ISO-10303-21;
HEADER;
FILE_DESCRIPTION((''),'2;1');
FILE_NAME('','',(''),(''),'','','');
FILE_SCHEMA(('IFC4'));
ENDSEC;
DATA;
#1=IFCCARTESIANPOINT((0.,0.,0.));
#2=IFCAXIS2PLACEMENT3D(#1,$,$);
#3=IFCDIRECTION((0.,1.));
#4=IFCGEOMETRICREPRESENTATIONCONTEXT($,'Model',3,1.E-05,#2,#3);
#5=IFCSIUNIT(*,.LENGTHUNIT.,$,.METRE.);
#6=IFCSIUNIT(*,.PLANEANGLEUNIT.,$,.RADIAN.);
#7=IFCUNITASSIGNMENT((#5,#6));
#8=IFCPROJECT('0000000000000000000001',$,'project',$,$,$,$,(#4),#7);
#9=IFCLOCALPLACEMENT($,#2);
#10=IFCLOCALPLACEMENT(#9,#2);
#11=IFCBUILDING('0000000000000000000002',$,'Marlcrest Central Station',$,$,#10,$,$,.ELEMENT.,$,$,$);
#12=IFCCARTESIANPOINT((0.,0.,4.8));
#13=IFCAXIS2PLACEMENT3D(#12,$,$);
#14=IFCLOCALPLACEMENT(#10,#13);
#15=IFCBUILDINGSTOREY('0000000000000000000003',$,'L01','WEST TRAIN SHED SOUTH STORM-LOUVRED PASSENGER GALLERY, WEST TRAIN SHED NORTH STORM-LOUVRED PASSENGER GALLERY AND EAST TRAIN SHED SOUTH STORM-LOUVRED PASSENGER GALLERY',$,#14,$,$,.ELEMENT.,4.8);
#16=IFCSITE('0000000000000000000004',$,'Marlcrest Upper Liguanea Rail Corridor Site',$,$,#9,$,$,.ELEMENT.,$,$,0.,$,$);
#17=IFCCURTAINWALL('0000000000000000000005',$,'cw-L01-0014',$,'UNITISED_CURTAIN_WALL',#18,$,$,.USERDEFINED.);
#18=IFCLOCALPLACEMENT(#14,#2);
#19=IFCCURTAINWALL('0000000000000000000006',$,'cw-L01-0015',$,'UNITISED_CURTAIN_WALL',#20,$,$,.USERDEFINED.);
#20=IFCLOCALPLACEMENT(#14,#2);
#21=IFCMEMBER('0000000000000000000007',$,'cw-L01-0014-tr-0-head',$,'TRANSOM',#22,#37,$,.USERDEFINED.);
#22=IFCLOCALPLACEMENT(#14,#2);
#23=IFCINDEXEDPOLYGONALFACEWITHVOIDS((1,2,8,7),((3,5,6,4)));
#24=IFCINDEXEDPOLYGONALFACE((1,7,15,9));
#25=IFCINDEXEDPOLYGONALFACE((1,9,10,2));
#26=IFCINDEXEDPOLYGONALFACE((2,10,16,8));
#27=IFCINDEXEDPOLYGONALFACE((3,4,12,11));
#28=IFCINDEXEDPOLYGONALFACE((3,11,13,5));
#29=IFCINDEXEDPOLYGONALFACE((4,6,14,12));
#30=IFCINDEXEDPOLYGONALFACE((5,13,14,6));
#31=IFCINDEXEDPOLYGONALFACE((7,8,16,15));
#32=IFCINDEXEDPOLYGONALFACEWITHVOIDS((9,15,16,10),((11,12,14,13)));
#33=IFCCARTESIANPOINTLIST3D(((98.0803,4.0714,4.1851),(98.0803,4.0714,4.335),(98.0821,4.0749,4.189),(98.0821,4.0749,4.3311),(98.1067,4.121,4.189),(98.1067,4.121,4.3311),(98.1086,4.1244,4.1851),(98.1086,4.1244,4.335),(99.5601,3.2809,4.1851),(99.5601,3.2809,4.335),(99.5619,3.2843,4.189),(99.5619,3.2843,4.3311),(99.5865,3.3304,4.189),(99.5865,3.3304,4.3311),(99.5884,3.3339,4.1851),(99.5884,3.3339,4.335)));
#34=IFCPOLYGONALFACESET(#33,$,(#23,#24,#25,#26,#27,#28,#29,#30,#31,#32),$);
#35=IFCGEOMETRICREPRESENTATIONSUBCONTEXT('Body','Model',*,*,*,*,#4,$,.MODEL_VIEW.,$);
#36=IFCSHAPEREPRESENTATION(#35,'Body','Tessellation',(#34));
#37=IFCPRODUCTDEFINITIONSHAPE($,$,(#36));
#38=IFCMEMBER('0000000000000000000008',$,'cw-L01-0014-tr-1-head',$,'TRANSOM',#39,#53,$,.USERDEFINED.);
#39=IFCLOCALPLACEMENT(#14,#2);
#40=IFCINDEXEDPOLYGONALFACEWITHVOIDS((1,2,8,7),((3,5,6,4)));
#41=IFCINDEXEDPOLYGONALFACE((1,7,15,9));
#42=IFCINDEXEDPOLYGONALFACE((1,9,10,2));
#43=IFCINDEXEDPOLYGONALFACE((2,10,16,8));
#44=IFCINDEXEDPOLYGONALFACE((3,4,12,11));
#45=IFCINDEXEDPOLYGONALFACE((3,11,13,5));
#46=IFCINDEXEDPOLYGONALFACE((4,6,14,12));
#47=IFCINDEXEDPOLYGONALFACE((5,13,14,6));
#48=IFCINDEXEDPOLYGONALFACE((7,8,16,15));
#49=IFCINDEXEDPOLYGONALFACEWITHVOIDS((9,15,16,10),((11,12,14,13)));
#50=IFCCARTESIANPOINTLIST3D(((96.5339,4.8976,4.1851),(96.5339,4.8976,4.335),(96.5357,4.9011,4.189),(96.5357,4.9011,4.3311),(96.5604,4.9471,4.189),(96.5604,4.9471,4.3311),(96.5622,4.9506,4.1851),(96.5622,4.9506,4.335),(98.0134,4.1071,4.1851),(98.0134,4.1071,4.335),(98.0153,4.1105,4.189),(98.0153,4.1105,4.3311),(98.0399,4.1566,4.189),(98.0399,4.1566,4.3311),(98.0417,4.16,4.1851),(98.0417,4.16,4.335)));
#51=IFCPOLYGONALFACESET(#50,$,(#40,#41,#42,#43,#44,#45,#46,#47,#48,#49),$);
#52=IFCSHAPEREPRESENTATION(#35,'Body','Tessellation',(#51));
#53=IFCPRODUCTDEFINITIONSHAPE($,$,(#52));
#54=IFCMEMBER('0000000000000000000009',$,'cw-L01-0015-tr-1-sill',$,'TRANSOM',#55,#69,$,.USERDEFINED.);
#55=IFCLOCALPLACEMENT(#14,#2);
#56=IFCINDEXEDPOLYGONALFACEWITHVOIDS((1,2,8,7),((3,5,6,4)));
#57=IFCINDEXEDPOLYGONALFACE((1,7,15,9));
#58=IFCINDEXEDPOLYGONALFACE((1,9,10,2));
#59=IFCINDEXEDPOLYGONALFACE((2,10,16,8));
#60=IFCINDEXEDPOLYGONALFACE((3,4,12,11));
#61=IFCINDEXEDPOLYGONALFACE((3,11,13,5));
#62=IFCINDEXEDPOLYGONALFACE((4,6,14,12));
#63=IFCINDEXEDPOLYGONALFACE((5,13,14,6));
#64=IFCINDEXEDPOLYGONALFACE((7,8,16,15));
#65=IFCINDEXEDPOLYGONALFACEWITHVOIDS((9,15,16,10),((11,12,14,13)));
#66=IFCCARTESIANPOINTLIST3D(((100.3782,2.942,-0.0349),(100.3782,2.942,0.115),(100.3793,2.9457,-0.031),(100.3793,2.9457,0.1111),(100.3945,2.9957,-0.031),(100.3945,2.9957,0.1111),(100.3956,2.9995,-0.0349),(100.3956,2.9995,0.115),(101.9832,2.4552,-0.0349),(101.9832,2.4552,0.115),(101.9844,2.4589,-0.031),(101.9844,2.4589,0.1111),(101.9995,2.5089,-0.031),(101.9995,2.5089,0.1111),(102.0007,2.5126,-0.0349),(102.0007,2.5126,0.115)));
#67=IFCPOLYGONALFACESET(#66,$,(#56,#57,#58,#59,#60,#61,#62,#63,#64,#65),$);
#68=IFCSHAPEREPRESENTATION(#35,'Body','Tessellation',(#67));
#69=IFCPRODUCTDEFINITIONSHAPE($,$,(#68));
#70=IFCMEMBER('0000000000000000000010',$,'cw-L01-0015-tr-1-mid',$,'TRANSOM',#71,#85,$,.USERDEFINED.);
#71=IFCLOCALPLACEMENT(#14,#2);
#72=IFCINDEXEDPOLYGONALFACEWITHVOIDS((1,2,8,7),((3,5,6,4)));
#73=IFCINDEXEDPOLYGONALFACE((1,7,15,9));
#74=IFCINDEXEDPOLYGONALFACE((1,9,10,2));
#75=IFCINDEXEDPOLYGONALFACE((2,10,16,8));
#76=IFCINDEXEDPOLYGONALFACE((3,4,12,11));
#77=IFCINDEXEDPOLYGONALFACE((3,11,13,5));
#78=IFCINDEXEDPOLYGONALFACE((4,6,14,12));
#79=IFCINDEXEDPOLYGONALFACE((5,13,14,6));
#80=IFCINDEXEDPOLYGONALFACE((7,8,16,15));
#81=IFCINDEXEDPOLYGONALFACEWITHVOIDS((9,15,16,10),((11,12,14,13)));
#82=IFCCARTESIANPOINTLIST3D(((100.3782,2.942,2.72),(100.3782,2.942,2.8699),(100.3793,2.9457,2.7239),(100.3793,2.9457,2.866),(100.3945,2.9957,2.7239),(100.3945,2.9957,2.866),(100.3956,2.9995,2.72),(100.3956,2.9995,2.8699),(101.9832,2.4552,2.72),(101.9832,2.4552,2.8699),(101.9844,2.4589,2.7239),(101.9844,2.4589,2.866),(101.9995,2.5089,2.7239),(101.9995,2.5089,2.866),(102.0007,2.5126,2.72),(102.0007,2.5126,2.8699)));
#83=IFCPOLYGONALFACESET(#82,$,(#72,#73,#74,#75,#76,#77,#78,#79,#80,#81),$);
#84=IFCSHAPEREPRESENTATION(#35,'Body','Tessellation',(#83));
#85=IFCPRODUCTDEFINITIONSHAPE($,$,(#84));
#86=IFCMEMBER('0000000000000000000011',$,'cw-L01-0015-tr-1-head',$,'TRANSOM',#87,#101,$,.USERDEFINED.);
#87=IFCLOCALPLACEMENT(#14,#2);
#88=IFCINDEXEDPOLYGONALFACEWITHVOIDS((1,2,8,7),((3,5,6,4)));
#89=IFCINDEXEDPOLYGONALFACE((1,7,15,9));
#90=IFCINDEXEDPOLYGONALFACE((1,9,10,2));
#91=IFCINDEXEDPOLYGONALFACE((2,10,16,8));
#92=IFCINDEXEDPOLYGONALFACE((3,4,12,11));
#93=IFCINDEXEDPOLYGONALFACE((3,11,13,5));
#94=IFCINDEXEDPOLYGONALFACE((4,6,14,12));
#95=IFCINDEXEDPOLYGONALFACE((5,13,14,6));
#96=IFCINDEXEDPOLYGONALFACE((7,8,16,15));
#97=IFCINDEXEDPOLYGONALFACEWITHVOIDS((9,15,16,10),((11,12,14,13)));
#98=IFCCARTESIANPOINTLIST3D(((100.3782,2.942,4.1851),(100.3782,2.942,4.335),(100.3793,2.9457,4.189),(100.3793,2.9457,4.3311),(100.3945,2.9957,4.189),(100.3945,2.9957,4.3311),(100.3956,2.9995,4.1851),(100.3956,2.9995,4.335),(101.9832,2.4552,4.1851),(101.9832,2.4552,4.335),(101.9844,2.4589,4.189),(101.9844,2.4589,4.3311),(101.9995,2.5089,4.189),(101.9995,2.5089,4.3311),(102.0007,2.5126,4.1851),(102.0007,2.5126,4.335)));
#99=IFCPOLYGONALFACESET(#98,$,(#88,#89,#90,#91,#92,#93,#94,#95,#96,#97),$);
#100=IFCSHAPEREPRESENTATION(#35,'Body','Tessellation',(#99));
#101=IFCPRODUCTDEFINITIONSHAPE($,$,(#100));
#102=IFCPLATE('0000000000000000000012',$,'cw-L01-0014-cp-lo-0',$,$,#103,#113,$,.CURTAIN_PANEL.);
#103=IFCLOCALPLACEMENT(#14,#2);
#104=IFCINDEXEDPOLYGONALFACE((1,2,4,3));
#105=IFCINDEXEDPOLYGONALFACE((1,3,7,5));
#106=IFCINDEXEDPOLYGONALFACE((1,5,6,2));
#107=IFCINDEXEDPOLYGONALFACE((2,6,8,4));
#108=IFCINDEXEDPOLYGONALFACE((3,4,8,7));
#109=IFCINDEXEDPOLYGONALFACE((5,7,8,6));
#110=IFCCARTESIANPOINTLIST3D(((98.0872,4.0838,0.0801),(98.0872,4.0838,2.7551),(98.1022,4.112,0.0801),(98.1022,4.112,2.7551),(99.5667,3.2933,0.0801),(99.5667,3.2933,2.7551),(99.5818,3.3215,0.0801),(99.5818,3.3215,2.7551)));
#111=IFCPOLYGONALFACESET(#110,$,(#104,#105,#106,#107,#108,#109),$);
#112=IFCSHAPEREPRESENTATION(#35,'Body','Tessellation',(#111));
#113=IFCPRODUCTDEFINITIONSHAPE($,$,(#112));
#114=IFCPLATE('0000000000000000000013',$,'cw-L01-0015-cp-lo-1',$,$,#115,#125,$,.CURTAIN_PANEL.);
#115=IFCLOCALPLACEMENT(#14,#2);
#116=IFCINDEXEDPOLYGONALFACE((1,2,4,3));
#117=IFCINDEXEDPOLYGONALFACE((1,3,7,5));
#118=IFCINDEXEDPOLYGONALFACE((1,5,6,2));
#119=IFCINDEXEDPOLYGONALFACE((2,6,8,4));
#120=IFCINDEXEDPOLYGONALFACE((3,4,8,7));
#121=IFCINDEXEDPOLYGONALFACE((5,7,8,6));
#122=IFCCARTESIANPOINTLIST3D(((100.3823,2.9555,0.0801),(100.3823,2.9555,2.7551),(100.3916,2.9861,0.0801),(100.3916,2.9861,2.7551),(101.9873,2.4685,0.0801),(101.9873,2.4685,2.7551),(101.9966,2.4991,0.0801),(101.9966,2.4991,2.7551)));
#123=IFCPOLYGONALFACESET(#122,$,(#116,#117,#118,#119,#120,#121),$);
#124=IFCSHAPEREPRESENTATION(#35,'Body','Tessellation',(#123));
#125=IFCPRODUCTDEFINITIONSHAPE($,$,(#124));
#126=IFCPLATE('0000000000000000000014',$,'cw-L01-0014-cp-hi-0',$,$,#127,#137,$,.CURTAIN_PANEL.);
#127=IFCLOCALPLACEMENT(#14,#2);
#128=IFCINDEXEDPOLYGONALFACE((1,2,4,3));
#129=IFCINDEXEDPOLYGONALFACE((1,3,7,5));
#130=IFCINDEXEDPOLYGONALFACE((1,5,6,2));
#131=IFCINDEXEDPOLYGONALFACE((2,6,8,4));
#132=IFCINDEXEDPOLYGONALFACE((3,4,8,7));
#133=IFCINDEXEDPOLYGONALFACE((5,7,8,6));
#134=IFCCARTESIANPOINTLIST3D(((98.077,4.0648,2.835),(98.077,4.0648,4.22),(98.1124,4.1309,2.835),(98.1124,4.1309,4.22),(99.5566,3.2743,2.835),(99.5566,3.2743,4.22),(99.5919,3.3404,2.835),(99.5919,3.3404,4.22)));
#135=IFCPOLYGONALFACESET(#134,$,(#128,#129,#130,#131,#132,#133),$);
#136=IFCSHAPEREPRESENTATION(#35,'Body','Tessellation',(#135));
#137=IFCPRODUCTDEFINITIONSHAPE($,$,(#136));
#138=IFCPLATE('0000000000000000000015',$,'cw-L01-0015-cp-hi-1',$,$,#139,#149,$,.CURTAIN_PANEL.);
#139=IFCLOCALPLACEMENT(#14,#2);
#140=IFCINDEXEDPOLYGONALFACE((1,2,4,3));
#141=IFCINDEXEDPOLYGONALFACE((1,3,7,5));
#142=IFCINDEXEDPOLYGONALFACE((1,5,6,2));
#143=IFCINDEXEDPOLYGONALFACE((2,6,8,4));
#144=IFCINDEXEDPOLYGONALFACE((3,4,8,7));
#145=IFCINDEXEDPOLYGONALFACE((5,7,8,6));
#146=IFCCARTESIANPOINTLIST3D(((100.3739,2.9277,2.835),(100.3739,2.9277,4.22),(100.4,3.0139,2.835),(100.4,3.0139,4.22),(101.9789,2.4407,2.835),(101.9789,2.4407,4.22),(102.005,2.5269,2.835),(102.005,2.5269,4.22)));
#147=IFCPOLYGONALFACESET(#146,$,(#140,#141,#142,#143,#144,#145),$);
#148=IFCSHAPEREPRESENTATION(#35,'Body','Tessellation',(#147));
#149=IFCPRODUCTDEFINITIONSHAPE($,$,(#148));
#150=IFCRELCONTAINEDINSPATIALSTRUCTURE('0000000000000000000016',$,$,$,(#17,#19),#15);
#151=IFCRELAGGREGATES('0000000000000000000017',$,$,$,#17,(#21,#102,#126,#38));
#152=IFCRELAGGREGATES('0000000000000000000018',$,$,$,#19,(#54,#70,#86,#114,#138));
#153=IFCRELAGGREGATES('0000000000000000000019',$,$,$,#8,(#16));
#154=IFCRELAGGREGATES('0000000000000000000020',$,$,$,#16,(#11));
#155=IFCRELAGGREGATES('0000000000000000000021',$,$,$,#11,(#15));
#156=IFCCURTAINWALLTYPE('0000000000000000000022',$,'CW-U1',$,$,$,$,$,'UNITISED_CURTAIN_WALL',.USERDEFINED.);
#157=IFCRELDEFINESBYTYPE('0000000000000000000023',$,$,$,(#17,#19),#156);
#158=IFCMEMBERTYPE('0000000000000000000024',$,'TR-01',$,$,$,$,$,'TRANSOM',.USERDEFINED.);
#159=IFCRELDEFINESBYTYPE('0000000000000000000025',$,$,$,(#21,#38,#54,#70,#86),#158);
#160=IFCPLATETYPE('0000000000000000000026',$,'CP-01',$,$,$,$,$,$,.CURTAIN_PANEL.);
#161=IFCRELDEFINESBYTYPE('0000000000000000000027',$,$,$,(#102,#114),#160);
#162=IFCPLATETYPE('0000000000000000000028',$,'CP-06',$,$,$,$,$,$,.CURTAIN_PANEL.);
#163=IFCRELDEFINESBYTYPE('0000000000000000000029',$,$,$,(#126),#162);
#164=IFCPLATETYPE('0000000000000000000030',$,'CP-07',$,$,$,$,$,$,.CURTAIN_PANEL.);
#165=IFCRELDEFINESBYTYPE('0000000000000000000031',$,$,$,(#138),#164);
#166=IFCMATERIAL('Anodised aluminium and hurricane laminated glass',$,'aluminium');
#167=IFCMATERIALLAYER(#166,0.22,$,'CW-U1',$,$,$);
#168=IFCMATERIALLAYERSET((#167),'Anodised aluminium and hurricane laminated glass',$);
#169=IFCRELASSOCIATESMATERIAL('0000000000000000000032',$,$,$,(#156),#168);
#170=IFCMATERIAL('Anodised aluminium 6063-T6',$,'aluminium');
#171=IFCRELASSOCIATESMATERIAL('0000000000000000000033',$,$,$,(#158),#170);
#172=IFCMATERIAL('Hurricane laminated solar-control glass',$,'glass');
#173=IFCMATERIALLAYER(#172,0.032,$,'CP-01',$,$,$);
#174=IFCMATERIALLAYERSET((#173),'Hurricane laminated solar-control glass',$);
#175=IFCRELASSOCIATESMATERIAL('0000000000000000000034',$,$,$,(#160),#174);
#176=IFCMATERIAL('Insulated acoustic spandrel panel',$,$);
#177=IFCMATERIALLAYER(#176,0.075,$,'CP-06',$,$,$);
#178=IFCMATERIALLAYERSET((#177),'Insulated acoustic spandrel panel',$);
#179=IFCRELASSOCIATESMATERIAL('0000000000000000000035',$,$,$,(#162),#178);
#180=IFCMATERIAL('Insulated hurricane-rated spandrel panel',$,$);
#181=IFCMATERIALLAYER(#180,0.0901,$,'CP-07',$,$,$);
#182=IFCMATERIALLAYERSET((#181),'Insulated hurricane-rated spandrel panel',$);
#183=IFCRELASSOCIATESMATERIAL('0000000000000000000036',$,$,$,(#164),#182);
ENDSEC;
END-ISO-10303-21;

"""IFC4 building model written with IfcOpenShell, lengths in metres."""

from ifc_helpers import new_model, si_unit, direction, frame, origin, origin_2d, place, context, subcontext, project, spatial, rectangle, hollow_rectangle, extrude, material, layer, layer_set, material_profile, profile_set, type_object, element, aggregate, save


model = new_model("IFC4")

# Units and contexts
model_context = context("Model", 3, precision=1e-05, world=origin(), true_north=direction((0.0, 1.0)))
body_context = subcontext(model_context, "Body", "Model", "MODEL_VIEW")
ifc_project = project(units=[si_unit("LENGTHUNIT", "METRE"), si_unit("PLANEANGLEUNIT", "RADIAN")], contexts=[model_context])

# Site, building, storey
site_placement = place(None, origin())
site = spatial("IfcSite", under=ifc_project, at=site_placement, Name="Marlcrest Upper Liguanea Rail Corridor Site", CompositionType="ELEMENT", RefElevation=0.0)
building_placement = place(site_placement, origin())
building = spatial("IfcBuilding", under=site, at=building_placement, Name="Marlcrest Central Station", CompositionType="ELEMENT")
storey_placement = place(building_placement, frame((0.0, 0.0, 4.8)))
storey = spatial("IfcBuildingStorey", under=building, at=storey_placement, Name="L01", Description="WEST TRAIN SHED SOUTH STORM-LOUVRED PASSENGER GALLERY, WEST TRAIN SHED NORTH STORM-LOUVRED PASSENGER GALLERY AND EAST TRAIN SHED SOUTH STORM-LOUVRED PASSENGER GALLERY", CompositionType="ELEMENT", Elevation=4.8)

# Curtain walls
ifc_material_1 = material(Name="Anodised aluminium and hurricane laminated glass", Category="aluminium")
ifc_layer_1 = layer(ifc_material_1, 0.22, Name="CW-U1")
ifc_layer_set_1 = layer_set([ifc_layer_1], Name="Anodised aluminium and hurricane laminated glass")
curtain_wall_type = type_object("IfcCurtainWallType", Name="CW-U1", ElementType="UNITISED_CURTAIN_WALL", PredefinedType="USERDEFINED", material=ifc_layer_set_1)
curtain_wall_1_placement = place(storey_placement, origin())
curtain_wall_1 = element("IfcCurtainWall", 1, at=curtain_wall_1_placement, inside=storey, type_object=curtain_wall_type, Name="cw-L01-0014", ObjectType="UNITISED_CURTAIN_WALL", PredefinedType="USERDEFINED")
ifc_material_2 = material(Name="Anodised aluminium 6063-T6", Category="aluminium")
curtain_wall_2_placement = place(storey_placement, origin())
curtain_wall_2 = element("IfcCurtainWall", 2, at=curtain_wall_2_placement, inside=storey, type_object=curtain_wall_type, Name="cw-L01-0015", ObjectType="UNITISED_CURTAIN_WALL", PredefinedType="USERDEFINED")

# Members
ifc_material_profile_1 = material_profile(ifc_material_2, hollow_rectangle(XDim=0.0601, YDim=0.1499, WallThickness=0.0039, at=origin_2d()), Name="AA-RHS 150x60x4")
ifc_profile_set_1 = profile_set([ifc_material_profile_1], Name="Anodised aluminium 6063-T6")
member_type_1 = type_object("IfcMemberType", Name="TR-01", ElementType="TRANSOM", PredefinedType="USERDEFINED", material=ifc_profile_set_1)
member_1_placement = place(storey_placement, frame((99.5742, 3.3074, 4.26), z_axis=(-0.882022, 0.471207, 0.0), x_axis=(-0.471207, -0.882022, 0.0)))
member_1 = element("IfcMember", 3, at=member_1_placement, type_object=member_type_1, Name="cw-L01-0014-tr-0-head", ObjectType="TRANSOM", PredefinedType="USERDEFINED", context=body_context, shape_type="SweptSolid", body=[
    extrude(hollow_rectangle(XDim=0.0601, YDim=0.1499, WallThickness=0.0039, at=origin_2d()), origin(), (0.0, 0.0, 1.0), 1.6777),
])
member_2_placement = place(storey_placement, frame((98.0276, 4.1335, 4.26), z_axis=(-0.88199, 0.471268, 0.0), x_axis=(-0.471268, -0.88199, 0.0)))
member_2 = element("IfcMember", 4, at=member_2_placement, type_object=member_type_1, Name="cw-L01-0014-tr-1-head", ObjectType="TRANSOM", PredefinedType="USERDEFINED", context=body_context, shape_type="SweptSolid", body=[
    extrude(hollow_rectangle(XDim=0.0601, YDim=0.1499, WallThickness=0.0039, at=origin_2d()), origin(), (0.0, 0.0, 1.0), 1.6775),
])
member_3_placement = place(storey_placement, frame((101.9919, 2.4839, 0.04), z_axis=(-0.956948, 0.290258, 0.0), x_axis=(-0.290258, -0.956948, 0.0)))
member_3 = element("IfcMember", 5, at=member_3_placement, type_object=member_type_1, Name="cw-L01-0015-tr-1-sill", ObjectType="TRANSOM", PredefinedType="USERDEFINED", context=body_context, shape_type="SweptSolid", body=[
    extrude(hollow_rectangle(XDim=0.0601, YDim=0.1499, WallThickness=0.0039, at=origin_2d()), origin(), (0.0, 0.0, 1.0), 1.6772),
])
member_4_placement = place(storey_placement, frame((101.9919, 2.4839, 2.7949), z_axis=(-0.956948, 0.290258, 0.0), x_axis=(-0.290258, -0.956948, 0.0)))
member_4 = element("IfcMember", 6, at=member_4_placement, type_object=member_type_1, Name="cw-L01-0015-tr-1-mid", ObjectType="TRANSOM", PredefinedType="USERDEFINED", context=body_context, shape_type="SweptSolid", body=[
    extrude(hollow_rectangle(XDim=0.0601, YDim=0.1499, WallThickness=0.0039, at=origin_2d()), origin(), (0.0, 0.0, 1.0), 1.6772),
])
member_5_placement = place(storey_placement, frame((101.9919, 2.4839, 4.26), z_axis=(-0.956948, 0.290258, 0.0), x_axis=(-0.290258, -0.956948, 0.0)))
member_5 = element("IfcMember", 7, at=member_5_placement, type_object=member_type_1, Name="cw-L01-0015-tr-1-head", ObjectType="TRANSOM", PredefinedType="USERDEFINED", context=body_context, shape_type="SweptSolid", body=[
    extrude(hollow_rectangle(XDim=0.0601, YDim=0.1499, WallThickness=0.0039, at=origin_2d()), origin(), (0.0, 0.0, 1.0), 1.6772),
])

# Plates
ifc_material_3 = material(Name="Hurricane laminated solar-control glass", Category="glass")
ifc_layer_2 = layer(ifc_material_3, 0.032, Name="CP-01")
ifc_layer_set_2 = layer_set([ifc_layer_2], Name="Hurricane laminated solar-control glass")
plate_type_1 = type_object("IfcPlateType", Name="CP-01", PredefinedType="CURTAIN_PANEL", material=ifc_layer_set_2)
plate_1_placement = place(storey_placement, frame((98.8345, 3.7026, 0.0801), z_axis=(0.0, 0.0, 1.0), x_axis=(-0.882004, 0.471243, 0.0)))
plate_1 = element("IfcPlate", 8, at=plate_1_placement, type_object=plate_type_1, Name="cw-L01-0014-cp-lo-0", PredefinedType="CURTAIN_PANEL", context=body_context, shape_type="SweptSolid", body=[
    extrude(rectangle(XDim=1.6775, YDim=0.032, at=origin_2d()), origin(), (0.0, 0.0, 1.0), 2.675),
])
plate_2_placement = place(storey_placement, frame((101.1895, 2.7273, 0.0801), z_axis=(0.0, 0.0, 1.0), x_axis=(-0.95693, 0.290318, 0.0)))
plate_2 = element("IfcPlate", 9, at=plate_2_placement, type_object=plate_type_1, Name="cw-L01-0015-cp-lo-1", PredefinedType="CURTAIN_PANEL", context=body_context, shape_type="SweptSolid", body=[
    extrude(rectangle(XDim=1.6772, YDim=0.032, at=origin_2d()), origin(), (0.0, 0.0, 1.0), 2.675),
])
ifc_material_4 = material(Name="Insulated acoustic spandrel panel")
ifc_layer_3 = layer(ifc_material_4, 0.075, Name="CP-06")
ifc_layer_set_3 = layer_set([ifc_layer_3], Name="Insulated acoustic spandrel panel")
plate_type_2 = type_object("IfcPlateType", Name="CP-06", PredefinedType="CURTAIN_PANEL", material=ifc_layer_set_3)
plate_3_placement = place(storey_placement, frame((98.8345, 3.7026, 2.835), z_axis=(0.0, 0.0, 1.0), x_axis=(-0.882004, 0.471243, 0.0)))
plate_3 = element("IfcPlate", 10, at=plate_3_placement, type_object=plate_type_2, Name="cw-L01-0014-cp-hi-0", PredefinedType="CURTAIN_PANEL", context=body_context, shape_type="SweptSolid", body=[
    extrude(rectangle(XDim=1.6775, YDim=0.075, at=origin_2d()), origin(), (0.0, 0.0, 1.0), 1.385),
])
aggregate(curtain_wall_1, [member_1, plate_1, plate_3, member_2])
ifc_material_5 = material(Name="Insulated hurricane-rated spandrel panel")
ifc_layer_4 = layer(ifc_material_5, 0.0901, Name="CP-07")
ifc_layer_set_4 = layer_set([ifc_layer_4], Name="Insulated hurricane-rated spandrel panel")
plate_type_3 = type_object("IfcPlateType", Name="CP-07", PredefinedType="CURTAIN_PANEL", material=ifc_layer_set_4)
plate_4_placement = place(storey_placement, frame((101.1895, 2.7273, 2.835), z_axis=(0.0, 0.0, 1.0), x_axis=(-0.95693, 0.290318, 0.0)))
plate_4 = element("IfcPlate", 11, at=plate_4_placement, type_object=plate_type_3, Name="cw-L01-0015-cp-hi-1", PredefinedType="CURTAIN_PANEL", context=body_context, shape_type="SweptSolid", body=[
    extrude(rectangle(XDim=1.6772, YDim=0.0901, at=origin_2d()), origin(), (0.0, 0.0, 1.0), 1.385),
])
aggregate(curtain_wall_2, [member_3, member_4, member_5, plate_2, plate_4])

save(model, "model.ifc")
